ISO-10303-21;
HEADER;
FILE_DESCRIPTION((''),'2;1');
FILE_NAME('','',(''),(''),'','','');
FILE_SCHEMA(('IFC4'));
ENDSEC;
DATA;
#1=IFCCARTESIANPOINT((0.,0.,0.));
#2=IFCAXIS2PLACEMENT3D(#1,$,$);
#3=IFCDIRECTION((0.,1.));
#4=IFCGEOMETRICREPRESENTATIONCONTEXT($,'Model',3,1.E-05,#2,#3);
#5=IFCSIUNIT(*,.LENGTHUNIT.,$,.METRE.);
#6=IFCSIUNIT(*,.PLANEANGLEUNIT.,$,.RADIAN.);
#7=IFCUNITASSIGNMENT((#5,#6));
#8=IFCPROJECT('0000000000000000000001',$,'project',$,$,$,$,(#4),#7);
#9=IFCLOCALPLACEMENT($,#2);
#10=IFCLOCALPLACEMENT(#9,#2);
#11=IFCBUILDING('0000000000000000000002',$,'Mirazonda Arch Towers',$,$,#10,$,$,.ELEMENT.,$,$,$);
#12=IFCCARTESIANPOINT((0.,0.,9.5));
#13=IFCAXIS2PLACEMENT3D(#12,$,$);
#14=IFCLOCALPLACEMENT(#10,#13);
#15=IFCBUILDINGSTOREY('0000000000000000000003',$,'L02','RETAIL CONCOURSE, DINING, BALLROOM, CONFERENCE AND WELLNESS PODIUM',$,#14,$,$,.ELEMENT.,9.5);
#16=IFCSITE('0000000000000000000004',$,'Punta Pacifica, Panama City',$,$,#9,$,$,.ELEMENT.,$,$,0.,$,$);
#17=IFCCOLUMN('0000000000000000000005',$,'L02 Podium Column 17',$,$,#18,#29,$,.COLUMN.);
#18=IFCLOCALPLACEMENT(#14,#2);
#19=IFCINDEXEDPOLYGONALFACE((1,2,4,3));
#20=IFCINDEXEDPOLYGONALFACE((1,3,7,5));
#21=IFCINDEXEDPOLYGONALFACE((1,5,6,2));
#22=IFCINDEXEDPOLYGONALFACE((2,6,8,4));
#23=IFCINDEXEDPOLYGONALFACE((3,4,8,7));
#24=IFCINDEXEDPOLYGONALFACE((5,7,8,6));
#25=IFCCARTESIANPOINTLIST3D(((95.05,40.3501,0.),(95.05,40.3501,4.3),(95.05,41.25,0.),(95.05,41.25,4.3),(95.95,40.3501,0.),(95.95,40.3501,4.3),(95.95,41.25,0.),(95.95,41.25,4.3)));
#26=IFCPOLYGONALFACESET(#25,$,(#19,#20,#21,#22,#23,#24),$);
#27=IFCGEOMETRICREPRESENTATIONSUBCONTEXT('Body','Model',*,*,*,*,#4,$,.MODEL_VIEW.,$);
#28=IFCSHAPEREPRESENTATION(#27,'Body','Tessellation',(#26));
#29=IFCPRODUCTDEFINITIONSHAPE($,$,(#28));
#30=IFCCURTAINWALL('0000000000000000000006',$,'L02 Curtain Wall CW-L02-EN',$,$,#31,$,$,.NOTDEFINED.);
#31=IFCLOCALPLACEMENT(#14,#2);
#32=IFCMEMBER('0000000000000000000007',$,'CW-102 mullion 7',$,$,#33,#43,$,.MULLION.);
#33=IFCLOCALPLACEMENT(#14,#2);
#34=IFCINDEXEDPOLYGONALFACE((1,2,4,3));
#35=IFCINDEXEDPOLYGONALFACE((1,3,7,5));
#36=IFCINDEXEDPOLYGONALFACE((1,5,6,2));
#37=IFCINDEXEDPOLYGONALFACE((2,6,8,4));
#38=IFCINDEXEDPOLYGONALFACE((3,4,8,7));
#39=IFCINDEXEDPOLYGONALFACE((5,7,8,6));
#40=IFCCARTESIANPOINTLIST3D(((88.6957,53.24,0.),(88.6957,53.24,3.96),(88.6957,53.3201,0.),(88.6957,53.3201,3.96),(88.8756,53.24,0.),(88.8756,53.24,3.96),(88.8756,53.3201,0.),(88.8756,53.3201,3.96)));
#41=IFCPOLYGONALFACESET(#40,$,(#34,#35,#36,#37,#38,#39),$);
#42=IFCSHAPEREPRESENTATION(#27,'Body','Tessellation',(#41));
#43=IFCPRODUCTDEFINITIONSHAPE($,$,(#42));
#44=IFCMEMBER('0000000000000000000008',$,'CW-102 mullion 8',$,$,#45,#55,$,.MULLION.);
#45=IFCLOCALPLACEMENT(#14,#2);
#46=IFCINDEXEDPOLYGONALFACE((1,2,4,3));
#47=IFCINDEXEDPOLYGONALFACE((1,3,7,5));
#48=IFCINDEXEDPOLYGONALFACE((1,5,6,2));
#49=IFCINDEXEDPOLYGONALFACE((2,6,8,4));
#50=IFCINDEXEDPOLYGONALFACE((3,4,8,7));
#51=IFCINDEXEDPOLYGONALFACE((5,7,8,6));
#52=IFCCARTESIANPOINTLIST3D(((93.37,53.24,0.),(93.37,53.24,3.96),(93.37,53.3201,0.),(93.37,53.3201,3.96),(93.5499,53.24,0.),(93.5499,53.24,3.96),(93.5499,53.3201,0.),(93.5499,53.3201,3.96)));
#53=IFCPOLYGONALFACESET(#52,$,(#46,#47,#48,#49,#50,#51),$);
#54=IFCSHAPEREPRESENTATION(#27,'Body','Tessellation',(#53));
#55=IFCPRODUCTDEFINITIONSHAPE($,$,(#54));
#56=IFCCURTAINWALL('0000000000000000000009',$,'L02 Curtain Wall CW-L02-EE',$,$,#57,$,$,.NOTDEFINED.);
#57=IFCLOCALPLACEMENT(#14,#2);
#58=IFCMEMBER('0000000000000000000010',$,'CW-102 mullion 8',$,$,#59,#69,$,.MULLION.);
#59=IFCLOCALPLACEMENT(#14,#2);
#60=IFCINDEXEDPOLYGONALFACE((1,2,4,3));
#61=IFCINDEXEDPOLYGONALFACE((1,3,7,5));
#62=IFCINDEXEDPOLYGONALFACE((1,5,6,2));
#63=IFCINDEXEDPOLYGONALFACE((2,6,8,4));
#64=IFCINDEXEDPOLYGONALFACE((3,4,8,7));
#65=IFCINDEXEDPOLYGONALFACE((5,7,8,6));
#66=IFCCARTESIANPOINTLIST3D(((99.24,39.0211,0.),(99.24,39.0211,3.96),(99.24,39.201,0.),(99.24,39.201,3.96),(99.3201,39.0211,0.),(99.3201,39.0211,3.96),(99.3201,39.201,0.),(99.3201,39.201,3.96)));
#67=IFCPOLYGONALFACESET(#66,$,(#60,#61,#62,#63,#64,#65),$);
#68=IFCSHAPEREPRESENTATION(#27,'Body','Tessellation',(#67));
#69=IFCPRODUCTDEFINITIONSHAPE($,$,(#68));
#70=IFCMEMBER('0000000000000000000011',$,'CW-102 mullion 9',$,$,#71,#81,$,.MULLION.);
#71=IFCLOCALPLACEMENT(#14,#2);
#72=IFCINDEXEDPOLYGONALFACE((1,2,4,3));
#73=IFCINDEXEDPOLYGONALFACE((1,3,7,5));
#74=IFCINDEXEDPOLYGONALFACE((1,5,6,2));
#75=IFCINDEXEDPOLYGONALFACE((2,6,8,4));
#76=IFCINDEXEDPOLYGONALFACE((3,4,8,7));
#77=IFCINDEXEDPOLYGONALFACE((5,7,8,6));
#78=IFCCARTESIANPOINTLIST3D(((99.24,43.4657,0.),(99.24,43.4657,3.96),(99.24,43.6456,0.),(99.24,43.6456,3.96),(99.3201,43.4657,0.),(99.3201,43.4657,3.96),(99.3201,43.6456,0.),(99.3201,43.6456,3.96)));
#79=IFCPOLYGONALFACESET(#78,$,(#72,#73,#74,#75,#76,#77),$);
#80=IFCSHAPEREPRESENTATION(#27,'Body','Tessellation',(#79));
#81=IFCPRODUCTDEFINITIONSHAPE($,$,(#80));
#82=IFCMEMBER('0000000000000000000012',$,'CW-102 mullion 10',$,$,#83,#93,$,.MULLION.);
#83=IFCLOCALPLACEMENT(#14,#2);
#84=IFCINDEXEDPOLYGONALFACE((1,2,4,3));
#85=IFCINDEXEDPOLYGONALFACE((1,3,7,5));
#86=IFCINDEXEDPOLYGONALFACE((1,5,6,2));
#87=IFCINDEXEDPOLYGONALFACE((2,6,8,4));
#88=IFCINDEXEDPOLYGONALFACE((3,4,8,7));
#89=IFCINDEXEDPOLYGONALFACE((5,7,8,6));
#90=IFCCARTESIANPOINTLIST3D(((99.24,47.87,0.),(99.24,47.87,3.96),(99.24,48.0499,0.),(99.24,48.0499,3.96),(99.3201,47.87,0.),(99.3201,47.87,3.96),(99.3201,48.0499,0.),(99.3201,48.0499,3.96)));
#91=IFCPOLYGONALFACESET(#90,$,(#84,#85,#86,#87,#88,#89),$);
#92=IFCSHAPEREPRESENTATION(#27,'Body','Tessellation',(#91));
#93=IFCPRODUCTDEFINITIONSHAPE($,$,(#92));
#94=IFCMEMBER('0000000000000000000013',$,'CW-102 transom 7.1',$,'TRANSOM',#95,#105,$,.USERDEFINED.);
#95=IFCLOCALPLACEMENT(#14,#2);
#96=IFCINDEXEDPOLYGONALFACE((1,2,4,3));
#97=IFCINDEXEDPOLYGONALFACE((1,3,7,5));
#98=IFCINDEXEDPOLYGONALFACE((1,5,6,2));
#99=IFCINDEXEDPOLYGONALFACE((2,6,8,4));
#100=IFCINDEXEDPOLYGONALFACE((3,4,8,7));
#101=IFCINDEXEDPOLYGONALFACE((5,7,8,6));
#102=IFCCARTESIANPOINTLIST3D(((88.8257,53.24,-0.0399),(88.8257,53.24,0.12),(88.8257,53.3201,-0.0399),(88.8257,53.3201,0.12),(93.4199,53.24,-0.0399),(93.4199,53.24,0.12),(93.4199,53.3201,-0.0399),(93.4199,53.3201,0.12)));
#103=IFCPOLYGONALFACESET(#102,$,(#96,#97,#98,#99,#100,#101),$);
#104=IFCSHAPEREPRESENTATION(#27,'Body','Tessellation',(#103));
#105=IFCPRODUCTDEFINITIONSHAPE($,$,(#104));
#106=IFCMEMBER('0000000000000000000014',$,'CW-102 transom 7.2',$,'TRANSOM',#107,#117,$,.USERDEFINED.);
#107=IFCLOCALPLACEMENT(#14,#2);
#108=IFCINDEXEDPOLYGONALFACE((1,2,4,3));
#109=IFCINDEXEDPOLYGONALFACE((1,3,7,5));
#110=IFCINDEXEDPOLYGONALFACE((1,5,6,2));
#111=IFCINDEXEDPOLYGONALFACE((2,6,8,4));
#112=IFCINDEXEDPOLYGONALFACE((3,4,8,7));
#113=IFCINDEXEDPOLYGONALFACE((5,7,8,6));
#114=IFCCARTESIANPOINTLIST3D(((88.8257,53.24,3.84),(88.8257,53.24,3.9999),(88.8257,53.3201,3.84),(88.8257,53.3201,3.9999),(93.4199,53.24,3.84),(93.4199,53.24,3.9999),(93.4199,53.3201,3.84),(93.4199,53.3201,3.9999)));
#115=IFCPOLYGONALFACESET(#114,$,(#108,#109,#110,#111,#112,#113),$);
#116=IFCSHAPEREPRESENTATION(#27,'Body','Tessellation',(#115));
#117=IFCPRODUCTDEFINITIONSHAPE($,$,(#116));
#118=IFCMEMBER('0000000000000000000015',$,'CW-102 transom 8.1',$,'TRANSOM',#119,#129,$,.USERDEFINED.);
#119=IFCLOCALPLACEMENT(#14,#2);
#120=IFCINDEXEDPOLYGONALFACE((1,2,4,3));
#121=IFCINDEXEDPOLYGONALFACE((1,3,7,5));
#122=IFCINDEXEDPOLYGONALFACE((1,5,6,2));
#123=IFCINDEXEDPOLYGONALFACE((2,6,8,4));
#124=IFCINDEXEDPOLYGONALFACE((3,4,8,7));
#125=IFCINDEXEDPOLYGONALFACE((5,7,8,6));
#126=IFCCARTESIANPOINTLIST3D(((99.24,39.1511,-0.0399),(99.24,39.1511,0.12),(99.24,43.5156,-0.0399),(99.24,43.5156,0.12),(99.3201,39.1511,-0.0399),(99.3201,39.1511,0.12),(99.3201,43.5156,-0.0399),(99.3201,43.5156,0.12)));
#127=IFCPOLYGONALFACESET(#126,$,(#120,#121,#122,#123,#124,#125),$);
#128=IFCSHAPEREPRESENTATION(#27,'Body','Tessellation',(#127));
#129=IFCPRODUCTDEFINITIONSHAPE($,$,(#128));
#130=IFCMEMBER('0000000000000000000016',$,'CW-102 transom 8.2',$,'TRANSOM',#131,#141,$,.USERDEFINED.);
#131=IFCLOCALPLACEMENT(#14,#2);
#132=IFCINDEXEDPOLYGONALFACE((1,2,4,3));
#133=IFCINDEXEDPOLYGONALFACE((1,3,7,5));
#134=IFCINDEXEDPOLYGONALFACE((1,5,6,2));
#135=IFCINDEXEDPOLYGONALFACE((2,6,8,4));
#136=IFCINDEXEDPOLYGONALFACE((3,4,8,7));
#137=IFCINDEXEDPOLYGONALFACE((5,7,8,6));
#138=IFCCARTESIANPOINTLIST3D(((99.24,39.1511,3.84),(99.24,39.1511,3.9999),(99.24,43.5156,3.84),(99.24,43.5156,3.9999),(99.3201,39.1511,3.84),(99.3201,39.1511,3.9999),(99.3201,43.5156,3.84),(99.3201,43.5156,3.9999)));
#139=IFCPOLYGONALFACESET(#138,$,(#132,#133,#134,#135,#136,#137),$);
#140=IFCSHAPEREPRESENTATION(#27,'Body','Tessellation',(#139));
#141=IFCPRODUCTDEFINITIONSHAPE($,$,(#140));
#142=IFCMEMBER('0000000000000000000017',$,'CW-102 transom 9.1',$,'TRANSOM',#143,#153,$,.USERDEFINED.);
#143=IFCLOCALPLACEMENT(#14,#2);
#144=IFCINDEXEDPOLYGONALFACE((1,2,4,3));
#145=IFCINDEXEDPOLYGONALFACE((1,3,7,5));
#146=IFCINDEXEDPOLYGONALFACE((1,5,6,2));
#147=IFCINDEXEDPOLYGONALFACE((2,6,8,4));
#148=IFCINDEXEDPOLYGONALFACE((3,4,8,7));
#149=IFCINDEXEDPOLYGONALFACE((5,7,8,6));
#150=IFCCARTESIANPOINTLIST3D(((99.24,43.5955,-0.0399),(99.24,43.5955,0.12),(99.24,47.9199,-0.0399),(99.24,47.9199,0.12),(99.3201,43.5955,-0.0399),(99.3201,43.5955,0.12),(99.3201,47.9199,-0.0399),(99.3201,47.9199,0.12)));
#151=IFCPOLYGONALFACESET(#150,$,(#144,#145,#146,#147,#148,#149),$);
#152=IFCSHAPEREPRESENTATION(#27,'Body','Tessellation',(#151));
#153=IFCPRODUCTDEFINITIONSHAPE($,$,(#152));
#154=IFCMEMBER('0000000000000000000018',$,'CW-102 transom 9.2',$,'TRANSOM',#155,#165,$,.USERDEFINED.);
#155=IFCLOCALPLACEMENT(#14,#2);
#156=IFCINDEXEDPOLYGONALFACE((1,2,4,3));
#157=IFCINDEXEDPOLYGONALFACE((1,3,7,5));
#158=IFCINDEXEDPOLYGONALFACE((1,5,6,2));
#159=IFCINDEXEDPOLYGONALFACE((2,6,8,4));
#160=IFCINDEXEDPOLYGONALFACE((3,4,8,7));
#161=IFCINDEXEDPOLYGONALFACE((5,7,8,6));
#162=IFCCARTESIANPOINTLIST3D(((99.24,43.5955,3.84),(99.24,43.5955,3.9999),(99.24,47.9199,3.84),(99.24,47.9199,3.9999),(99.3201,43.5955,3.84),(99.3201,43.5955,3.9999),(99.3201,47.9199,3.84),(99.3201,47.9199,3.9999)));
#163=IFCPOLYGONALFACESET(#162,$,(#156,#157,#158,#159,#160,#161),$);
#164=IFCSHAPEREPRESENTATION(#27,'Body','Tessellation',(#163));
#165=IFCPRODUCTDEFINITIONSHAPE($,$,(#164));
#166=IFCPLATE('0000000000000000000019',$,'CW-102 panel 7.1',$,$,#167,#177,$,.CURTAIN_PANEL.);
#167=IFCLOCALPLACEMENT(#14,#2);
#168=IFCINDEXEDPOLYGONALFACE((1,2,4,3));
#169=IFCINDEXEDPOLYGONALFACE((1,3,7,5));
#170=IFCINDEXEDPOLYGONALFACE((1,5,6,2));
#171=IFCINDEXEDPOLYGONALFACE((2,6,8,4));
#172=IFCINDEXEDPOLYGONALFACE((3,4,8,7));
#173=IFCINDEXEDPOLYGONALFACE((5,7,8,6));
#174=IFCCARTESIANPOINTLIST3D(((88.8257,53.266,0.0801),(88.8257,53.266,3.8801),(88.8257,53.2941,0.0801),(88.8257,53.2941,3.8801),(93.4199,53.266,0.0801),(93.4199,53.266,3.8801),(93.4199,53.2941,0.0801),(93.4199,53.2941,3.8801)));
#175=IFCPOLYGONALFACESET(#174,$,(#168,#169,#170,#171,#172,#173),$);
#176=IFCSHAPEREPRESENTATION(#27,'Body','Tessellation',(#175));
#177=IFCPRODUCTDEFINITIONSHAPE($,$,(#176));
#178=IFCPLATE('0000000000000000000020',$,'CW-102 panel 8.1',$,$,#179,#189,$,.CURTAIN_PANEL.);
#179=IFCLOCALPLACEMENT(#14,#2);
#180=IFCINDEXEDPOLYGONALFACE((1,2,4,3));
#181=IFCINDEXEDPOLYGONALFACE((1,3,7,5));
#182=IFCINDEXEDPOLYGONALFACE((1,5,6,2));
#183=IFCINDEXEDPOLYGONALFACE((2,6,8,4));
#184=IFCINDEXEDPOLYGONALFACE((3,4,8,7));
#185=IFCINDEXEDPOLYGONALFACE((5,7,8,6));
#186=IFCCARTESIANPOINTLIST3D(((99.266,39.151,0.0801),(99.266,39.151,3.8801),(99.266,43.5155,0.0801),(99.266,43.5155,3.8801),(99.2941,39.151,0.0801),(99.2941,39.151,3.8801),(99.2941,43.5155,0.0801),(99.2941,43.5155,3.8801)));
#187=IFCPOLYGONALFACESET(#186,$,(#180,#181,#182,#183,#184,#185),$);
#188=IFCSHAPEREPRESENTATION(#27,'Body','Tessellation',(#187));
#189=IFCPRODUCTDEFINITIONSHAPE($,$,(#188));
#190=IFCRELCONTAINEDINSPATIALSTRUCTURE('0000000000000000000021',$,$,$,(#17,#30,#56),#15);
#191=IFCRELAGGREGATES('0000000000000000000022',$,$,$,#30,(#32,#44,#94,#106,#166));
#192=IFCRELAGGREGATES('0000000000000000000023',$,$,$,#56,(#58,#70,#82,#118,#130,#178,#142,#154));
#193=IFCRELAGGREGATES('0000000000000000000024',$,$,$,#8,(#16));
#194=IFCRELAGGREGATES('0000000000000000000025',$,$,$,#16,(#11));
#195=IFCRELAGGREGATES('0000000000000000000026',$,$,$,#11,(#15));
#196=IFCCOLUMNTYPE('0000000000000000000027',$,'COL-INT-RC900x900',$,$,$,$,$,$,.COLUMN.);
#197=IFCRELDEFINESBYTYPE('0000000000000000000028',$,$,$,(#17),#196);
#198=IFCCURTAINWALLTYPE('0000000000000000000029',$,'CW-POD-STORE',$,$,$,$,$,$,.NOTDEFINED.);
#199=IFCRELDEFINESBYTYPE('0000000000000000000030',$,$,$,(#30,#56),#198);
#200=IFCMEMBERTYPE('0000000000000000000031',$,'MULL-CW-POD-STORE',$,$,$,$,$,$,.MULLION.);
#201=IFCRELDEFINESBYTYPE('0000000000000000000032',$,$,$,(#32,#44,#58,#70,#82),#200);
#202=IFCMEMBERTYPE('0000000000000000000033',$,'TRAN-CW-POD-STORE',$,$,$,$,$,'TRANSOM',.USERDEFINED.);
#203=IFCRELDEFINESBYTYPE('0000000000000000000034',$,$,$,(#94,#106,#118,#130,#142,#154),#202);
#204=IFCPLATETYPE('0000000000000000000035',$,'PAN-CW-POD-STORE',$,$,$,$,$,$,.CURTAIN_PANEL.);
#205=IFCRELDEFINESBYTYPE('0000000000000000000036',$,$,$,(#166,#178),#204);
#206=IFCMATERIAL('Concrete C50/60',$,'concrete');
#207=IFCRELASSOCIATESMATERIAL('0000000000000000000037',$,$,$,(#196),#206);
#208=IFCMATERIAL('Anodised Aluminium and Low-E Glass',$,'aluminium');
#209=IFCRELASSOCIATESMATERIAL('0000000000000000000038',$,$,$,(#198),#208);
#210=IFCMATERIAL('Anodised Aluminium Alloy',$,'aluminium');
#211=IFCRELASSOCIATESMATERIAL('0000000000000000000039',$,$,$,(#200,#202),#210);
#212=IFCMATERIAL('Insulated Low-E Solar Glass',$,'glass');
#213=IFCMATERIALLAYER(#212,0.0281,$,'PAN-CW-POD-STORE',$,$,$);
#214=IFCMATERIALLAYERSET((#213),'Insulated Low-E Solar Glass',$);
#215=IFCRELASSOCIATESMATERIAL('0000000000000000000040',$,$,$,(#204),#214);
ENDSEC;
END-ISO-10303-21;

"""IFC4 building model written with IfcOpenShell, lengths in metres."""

from ifc_helpers import new_model, si_unit, direction, frame, origin, origin_2d, place, context, subcontext, project, spatial, rectangle, extrude, material, layer, layer_set, material_profile, profile_set, type_object, element, aggregate, save


model = new_model("IFC4")

# Units and contexts
model_context = context("Model", 3, precision=1e-05, world=origin(), true_north=direction((0.0, 1.0)))
body_context = subcontext(model_context, "Body", "Model", "MODEL_VIEW")
ifc_project = project(units=[si_unit("LENGTHUNIT", "METRE"), si_unit("PLANEANGLEUNIT", "RADIAN")], contexts=[model_context])

# Site, building, storey
site_placement = place(None, origin())
site = spatial("IfcSite", under=ifc_project, at=site_placement, Name="Punta Pacifica, Panama City", CompositionType="ELEMENT", RefElevation=0.0)
building_placement = place(site_placement, origin())
building = spatial("IfcBuilding", under=site, at=building_placement, Name="Mirazonda Arch Towers", CompositionType="ELEMENT")
storey_placement = place(building_placement, frame((0.0, 0.0, 9.5)))
storey = spatial("IfcBuildingStorey", under=building, at=storey_placement, Name="L02", Description="RETAIL CONCOURSE, DINING, BALLROOM, CONFERENCE AND WELLNESS PODIUM", CompositionType="ELEMENT", Elevation=9.5)

# Column
ifc_material_1 = material(Name="Concrete C50/60", Category="concrete")
ifc_material_profile_1 = material_profile(ifc_material_1, rectangle(XDim=0.8999, YDim=0.8999, at=origin_2d()), Name="RC900x900")
ifc_profile_set_1 = profile_set([ifc_material_profile_1], Name="Concrete C50/60")
column_type = type_object("IfcColumnType", Name="COL-INT-RC900x900", PredefinedType="COLUMN", material=ifc_profile_set_1)
column_placement = place(storey_placement, frame((95.5, 40.8, 0.0), z_axis=(0.0, 0.0, 1.0), x_axis=(1.0, 0.0, 0.0)))
element("IfcColumn", 1, at=column_placement, inside=storey, type_object=column_type, Name="L02 Podium Column 17", PredefinedType="COLUMN", context=body_context, shape_type="SweptSolid", body=[
    extrude(rectangle(XDim=0.8999, YDim=0.8999, at=origin_2d()), origin(), (0.0, 0.0, 1.0), 4.3),
])

# Curtain walls, members
ifc_material_2 = material(Name="Anodised Aluminium and Low-E Glass", Category="aluminium")
curtain_wall_type = type_object("IfcCurtainWallType", Name="CW-POD-STORE", PredefinedType="NOTDEFINED", material=ifc_material_2)
curtain_wall_1_placement = place(storey_placement, origin())
curtain_wall_1 = element("IfcCurtainWall", 2, at=curtain_wall_1_placement, inside=storey, type_object=curtain_wall_type, Name="L02 Curtain Wall CW-L02-EN", PredefinedType="NOTDEFINED")
ifc_material_3 = material(Name="Anodised Aluminium Alloy", Category="aluminium")
ifc_material_profile_2 = material_profile(ifc_material_3, rectangle(XDim=0.0801, YDim=0.1799, at=origin_2d()), Name="ALU-MULL-80x180")
ifc_profile_set_2 = profile_set([ifc_material_profile_2], Name="Anodised Aluminium Alloy")
member_type_1 = type_object("IfcMemberType", Name="MULL-CW-POD-STORE", PredefinedType="MULLION", material=ifc_profile_set_2)
member_1_placement = place(storey_placement, frame((88.7856, 53.28, 0.0), z_axis=(0.0, 0.0, 1.0), x_axis=(0.0, 1.0, 0.0)))
member_1 = element("IfcMember", 3, at=member_1_placement, type_object=member_type_1, Name="CW-102 mullion 7", PredefinedType="MULLION", context=body_context, shape_type="SweptSolid", body=[
    extrude(rectangle(XDim=0.0801, YDim=0.1799, at=origin_2d()), origin(), (0.0, 0.0, 1.0), 3.96),
])
member_2_placement = place(storey_placement, frame((93.46, 53.28, 0.0), z_axis=(0.0, 0.0, 1.0), x_axis=(0.0, 1.0, 0.0)))
member_2 = element("IfcMember", 4, at=member_2_placement, type_object=member_type_1, Name="CW-102 mullion 8", PredefinedType="MULLION", context=body_context, shape_type="SweptSolid", body=[
    extrude(rectangle(XDim=0.0801, YDim=0.1799, at=origin_2d()), origin(), (0.0, 0.0, 1.0), 3.96),
])
curtain_wall_2_placement = place(storey_placement, origin())
curtain_wall_2 = element("IfcCurtainWall", 5, at=curtain_wall_2_placement, inside=storey, type_object=curtain_wall_type, Name="L02 Curtain Wall CW-L02-EE", PredefinedType="NOTDEFINED")
member_3_placement = place(storey_placement, frame((99.28, 39.1111, 0.0), z_axis=(0.0, 0.0, 1.0), x_axis=(-1.0, 0.0, 0.0)))
member_3 = element("IfcMember", 6, at=member_3_placement, type_object=member_type_1, Name="CW-102 mullion 8", PredefinedType="MULLION", context=body_context, shape_type="SweptSolid", body=[
    extrude(rectangle(XDim=0.0801, YDim=0.1799, at=origin_2d()), origin(), (0.0, 0.0, 1.0), 3.96),
])
member_4_placement = place(storey_placement, frame((99.28, 43.5557, 0.0), z_axis=(0.0, 0.0, 1.0), x_axis=(-1.0, 0.0, 0.0)))
member_4 = element("IfcMember", 7, at=member_4_placement, type_object=member_type_1, Name="CW-102 mullion 9", PredefinedType="MULLION", context=body_context, shape_type="SweptSolid", body=[
    extrude(rectangle(XDim=0.0801, YDim=0.1799, at=origin_2d()), origin(), (0.0, 0.0, 1.0), 3.96),
])
member_5_placement = place(storey_placement, frame((99.28, 47.96, 0.0), z_axis=(0.0, 0.0, 1.0), x_axis=(-1.0, 0.0, 0.0)))
member_5 = element("IfcMember", 8, at=member_5_placement, type_object=member_type_1, Name="CW-102 mullion 10", PredefinedType="MULLION", context=body_context, shape_type="SweptSolid", body=[
    extrude(rectangle(XDim=0.0801, YDim=0.1799, at=origin_2d()), origin(), (0.0, 0.0, 1.0), 3.96),
])

# Members
ifc_material_profile_3 = material_profile(ifc_material_3, rectangle(XDim=0.0801, YDim=0.1599, at=origin_2d()), Name="ALU-TRAN-80x160")
ifc_profile_set_3 = profile_set([ifc_material_profile_3], Name="Anodised Aluminium Alloy")
member_type_2 = type_object("IfcMemberType", Name="TRAN-CW-POD-STORE", ElementType="TRANSOM", PredefinedType="USERDEFINED", material=ifc_profile_set_3)
member_6_placement = place(storey_placement, frame((88.8257, 53.28, 0.04), z_axis=(1.0, 0.0, 0.0), x_axis=(0.0, 1.0, 0.0)))
member_6 = element("IfcMember", 9, at=member_6_placement, type_object=member_type_2, Name="CW-102 transom 7.1", ObjectType="TRANSOM", PredefinedType="USERDEFINED", context=body_context, shape_type="SweptSolid", body=[
    extrude(rectangle(XDim=0.0801, YDim=0.1599, at=origin_2d()), origin(), (0.0, 0.0, 1.0), 4.5942),
])
member_7_placement = place(storey_placement, frame((88.8257, 53.28, 3.9199), z_axis=(1.0, 0.0, 0.0), x_axis=(0.0, 1.0, 0.0)))
member_7 = element("IfcMember", 10, at=member_7_placement, type_object=member_type_2, Name="CW-102 transom 7.2", ObjectType="TRANSOM", PredefinedType="USERDEFINED", context=body_context, shape_type="SweptSolid", body=[
    extrude(rectangle(XDim=0.0801, YDim=0.1599, at=origin_2d()), origin(), (0.0, 0.0, 1.0), 4.5942),
])
member_8_placement = place(storey_placement, frame((99.28, 39.1511, 0.04), z_axis=(0.0, 1.0, 0.0), x_axis=(-1.0, 0.0, 0.0)))
member_8 = element("IfcMember", 11, at=member_8_placement, type_object=member_type_2, Name="CW-102 transom 8.1", ObjectType="TRANSOM", PredefinedType="USERDEFINED", context=body_context, shape_type="SweptSolid", body=[
    extrude(rectangle(XDim=0.0801, YDim=0.1599, at=origin_2d()), origin(), (0.0, 0.0, 1.0), 4.3645),
])
member_9_placement = place(storey_placement, frame((99.28, 39.1511, 3.9199), z_axis=(0.0, 1.0, 0.0), x_axis=(-1.0, 0.0, 0.0)))
member_9 = element("IfcMember", 12, at=member_9_placement, type_object=member_type_2, Name="CW-102 transom 8.2", ObjectType="TRANSOM", PredefinedType="USERDEFINED", context=body_context, shape_type="SweptSolid", body=[
    extrude(rectangle(XDim=0.0801, YDim=0.1599, at=origin_2d()), origin(), (0.0, 0.0, 1.0), 4.3645),
])
member_10_placement = place(storey_placement, frame((99.28, 43.5955, 0.04), z_axis=(0.0, 1.0, 0.0), x_axis=(-1.0, 0.0, 0.0)))
member_10 = element("IfcMember", 13, at=member_10_placement, type_object=member_type_2, Name="CW-102 transom 9.1", ObjectType="TRANSOM", PredefinedType="USERDEFINED", context=body_context, shape_type="SweptSolid", body=[
    extrude(rectangle(XDim=0.0801, YDim=0.1599, at=origin_2d()), origin(), (0.0, 0.0, 1.0), 4.3245),
])
member_11_placement = place(storey_placement, frame((99.28, 43.5955, 3.9199), z_axis=(0.0, 1.0, 0.0), x_axis=(-1.0, 0.0, 0.0)))
member_11 = element("IfcMember", 14, at=member_11_placement, type_object=member_type_2, Name="CW-102 transom 9.2", ObjectType="TRANSOM", PredefinedType="USERDEFINED", context=body_context, shape_type="SweptSolid", body=[
    extrude(rectangle(XDim=0.0801, YDim=0.1599, at=origin_2d()), origin(), (0.0, 0.0, 1.0), 4.3245),
])

# Plates
ifc_material_4 = material(Name="Insulated Low-E Solar Glass", Category="glass")
ifc_layer_1 = layer(ifc_material_4, 0.0281, Name="PAN-CW-POD-STORE")
ifc_layer_set_1 = layer_set([ifc_layer_1], Name="Insulated Low-E Solar Glass")
plate_type = type_object("IfcPlateType", Name="PAN-CW-POD-STORE", PredefinedType="CURTAIN_PANEL", material=ifc_layer_set_1)
plate_1_placement = place(storey_placement, frame((91.1228, 53.28, 0.0801), z_axis=(0.0, 0.0, 1.0), x_axis=(1.0, 0.0, 0.0)))
plate_1 = element("IfcPlate", 15, at=plate_1_placement, type_object=plate_type, Name="CW-102 panel 7.1", PredefinedType="CURTAIN_PANEL", context=body_context, shape_type="SweptSolid", body=[
    extrude(rectangle(XDim=4.5942, YDim=0.0281, at=origin_2d()), origin(), (0.0, 0.0, 1.0), 3.8),
])
aggregate(curtain_wall_1, [member_1, member_2, member_6, member_7, plate_1])
plate_2_placement = place(storey_placement, frame((99.28, 41.3333, 0.0801), z_axis=(0.0, 0.0, 1.0), x_axis=(0.0, 1.0, 0.0)))
plate_2 = element("IfcPlate", 16, at=plate_2_placement, type_object=plate_type, Name="CW-102 panel 8.1", PredefinedType="CURTAIN_PANEL", context=body_context, shape_type="SweptSolid", body=[
    extrude(rectangle(XDim=4.3645, YDim=0.0281, at=origin_2d()), origin(), (0.0, 0.0, 1.0), 3.8),
])
aggregate(curtain_wall_2, [member_3, member_4, member_5, member_8, member_9, plate_2, member_10, member_11])

save(model, "model.ifc")
